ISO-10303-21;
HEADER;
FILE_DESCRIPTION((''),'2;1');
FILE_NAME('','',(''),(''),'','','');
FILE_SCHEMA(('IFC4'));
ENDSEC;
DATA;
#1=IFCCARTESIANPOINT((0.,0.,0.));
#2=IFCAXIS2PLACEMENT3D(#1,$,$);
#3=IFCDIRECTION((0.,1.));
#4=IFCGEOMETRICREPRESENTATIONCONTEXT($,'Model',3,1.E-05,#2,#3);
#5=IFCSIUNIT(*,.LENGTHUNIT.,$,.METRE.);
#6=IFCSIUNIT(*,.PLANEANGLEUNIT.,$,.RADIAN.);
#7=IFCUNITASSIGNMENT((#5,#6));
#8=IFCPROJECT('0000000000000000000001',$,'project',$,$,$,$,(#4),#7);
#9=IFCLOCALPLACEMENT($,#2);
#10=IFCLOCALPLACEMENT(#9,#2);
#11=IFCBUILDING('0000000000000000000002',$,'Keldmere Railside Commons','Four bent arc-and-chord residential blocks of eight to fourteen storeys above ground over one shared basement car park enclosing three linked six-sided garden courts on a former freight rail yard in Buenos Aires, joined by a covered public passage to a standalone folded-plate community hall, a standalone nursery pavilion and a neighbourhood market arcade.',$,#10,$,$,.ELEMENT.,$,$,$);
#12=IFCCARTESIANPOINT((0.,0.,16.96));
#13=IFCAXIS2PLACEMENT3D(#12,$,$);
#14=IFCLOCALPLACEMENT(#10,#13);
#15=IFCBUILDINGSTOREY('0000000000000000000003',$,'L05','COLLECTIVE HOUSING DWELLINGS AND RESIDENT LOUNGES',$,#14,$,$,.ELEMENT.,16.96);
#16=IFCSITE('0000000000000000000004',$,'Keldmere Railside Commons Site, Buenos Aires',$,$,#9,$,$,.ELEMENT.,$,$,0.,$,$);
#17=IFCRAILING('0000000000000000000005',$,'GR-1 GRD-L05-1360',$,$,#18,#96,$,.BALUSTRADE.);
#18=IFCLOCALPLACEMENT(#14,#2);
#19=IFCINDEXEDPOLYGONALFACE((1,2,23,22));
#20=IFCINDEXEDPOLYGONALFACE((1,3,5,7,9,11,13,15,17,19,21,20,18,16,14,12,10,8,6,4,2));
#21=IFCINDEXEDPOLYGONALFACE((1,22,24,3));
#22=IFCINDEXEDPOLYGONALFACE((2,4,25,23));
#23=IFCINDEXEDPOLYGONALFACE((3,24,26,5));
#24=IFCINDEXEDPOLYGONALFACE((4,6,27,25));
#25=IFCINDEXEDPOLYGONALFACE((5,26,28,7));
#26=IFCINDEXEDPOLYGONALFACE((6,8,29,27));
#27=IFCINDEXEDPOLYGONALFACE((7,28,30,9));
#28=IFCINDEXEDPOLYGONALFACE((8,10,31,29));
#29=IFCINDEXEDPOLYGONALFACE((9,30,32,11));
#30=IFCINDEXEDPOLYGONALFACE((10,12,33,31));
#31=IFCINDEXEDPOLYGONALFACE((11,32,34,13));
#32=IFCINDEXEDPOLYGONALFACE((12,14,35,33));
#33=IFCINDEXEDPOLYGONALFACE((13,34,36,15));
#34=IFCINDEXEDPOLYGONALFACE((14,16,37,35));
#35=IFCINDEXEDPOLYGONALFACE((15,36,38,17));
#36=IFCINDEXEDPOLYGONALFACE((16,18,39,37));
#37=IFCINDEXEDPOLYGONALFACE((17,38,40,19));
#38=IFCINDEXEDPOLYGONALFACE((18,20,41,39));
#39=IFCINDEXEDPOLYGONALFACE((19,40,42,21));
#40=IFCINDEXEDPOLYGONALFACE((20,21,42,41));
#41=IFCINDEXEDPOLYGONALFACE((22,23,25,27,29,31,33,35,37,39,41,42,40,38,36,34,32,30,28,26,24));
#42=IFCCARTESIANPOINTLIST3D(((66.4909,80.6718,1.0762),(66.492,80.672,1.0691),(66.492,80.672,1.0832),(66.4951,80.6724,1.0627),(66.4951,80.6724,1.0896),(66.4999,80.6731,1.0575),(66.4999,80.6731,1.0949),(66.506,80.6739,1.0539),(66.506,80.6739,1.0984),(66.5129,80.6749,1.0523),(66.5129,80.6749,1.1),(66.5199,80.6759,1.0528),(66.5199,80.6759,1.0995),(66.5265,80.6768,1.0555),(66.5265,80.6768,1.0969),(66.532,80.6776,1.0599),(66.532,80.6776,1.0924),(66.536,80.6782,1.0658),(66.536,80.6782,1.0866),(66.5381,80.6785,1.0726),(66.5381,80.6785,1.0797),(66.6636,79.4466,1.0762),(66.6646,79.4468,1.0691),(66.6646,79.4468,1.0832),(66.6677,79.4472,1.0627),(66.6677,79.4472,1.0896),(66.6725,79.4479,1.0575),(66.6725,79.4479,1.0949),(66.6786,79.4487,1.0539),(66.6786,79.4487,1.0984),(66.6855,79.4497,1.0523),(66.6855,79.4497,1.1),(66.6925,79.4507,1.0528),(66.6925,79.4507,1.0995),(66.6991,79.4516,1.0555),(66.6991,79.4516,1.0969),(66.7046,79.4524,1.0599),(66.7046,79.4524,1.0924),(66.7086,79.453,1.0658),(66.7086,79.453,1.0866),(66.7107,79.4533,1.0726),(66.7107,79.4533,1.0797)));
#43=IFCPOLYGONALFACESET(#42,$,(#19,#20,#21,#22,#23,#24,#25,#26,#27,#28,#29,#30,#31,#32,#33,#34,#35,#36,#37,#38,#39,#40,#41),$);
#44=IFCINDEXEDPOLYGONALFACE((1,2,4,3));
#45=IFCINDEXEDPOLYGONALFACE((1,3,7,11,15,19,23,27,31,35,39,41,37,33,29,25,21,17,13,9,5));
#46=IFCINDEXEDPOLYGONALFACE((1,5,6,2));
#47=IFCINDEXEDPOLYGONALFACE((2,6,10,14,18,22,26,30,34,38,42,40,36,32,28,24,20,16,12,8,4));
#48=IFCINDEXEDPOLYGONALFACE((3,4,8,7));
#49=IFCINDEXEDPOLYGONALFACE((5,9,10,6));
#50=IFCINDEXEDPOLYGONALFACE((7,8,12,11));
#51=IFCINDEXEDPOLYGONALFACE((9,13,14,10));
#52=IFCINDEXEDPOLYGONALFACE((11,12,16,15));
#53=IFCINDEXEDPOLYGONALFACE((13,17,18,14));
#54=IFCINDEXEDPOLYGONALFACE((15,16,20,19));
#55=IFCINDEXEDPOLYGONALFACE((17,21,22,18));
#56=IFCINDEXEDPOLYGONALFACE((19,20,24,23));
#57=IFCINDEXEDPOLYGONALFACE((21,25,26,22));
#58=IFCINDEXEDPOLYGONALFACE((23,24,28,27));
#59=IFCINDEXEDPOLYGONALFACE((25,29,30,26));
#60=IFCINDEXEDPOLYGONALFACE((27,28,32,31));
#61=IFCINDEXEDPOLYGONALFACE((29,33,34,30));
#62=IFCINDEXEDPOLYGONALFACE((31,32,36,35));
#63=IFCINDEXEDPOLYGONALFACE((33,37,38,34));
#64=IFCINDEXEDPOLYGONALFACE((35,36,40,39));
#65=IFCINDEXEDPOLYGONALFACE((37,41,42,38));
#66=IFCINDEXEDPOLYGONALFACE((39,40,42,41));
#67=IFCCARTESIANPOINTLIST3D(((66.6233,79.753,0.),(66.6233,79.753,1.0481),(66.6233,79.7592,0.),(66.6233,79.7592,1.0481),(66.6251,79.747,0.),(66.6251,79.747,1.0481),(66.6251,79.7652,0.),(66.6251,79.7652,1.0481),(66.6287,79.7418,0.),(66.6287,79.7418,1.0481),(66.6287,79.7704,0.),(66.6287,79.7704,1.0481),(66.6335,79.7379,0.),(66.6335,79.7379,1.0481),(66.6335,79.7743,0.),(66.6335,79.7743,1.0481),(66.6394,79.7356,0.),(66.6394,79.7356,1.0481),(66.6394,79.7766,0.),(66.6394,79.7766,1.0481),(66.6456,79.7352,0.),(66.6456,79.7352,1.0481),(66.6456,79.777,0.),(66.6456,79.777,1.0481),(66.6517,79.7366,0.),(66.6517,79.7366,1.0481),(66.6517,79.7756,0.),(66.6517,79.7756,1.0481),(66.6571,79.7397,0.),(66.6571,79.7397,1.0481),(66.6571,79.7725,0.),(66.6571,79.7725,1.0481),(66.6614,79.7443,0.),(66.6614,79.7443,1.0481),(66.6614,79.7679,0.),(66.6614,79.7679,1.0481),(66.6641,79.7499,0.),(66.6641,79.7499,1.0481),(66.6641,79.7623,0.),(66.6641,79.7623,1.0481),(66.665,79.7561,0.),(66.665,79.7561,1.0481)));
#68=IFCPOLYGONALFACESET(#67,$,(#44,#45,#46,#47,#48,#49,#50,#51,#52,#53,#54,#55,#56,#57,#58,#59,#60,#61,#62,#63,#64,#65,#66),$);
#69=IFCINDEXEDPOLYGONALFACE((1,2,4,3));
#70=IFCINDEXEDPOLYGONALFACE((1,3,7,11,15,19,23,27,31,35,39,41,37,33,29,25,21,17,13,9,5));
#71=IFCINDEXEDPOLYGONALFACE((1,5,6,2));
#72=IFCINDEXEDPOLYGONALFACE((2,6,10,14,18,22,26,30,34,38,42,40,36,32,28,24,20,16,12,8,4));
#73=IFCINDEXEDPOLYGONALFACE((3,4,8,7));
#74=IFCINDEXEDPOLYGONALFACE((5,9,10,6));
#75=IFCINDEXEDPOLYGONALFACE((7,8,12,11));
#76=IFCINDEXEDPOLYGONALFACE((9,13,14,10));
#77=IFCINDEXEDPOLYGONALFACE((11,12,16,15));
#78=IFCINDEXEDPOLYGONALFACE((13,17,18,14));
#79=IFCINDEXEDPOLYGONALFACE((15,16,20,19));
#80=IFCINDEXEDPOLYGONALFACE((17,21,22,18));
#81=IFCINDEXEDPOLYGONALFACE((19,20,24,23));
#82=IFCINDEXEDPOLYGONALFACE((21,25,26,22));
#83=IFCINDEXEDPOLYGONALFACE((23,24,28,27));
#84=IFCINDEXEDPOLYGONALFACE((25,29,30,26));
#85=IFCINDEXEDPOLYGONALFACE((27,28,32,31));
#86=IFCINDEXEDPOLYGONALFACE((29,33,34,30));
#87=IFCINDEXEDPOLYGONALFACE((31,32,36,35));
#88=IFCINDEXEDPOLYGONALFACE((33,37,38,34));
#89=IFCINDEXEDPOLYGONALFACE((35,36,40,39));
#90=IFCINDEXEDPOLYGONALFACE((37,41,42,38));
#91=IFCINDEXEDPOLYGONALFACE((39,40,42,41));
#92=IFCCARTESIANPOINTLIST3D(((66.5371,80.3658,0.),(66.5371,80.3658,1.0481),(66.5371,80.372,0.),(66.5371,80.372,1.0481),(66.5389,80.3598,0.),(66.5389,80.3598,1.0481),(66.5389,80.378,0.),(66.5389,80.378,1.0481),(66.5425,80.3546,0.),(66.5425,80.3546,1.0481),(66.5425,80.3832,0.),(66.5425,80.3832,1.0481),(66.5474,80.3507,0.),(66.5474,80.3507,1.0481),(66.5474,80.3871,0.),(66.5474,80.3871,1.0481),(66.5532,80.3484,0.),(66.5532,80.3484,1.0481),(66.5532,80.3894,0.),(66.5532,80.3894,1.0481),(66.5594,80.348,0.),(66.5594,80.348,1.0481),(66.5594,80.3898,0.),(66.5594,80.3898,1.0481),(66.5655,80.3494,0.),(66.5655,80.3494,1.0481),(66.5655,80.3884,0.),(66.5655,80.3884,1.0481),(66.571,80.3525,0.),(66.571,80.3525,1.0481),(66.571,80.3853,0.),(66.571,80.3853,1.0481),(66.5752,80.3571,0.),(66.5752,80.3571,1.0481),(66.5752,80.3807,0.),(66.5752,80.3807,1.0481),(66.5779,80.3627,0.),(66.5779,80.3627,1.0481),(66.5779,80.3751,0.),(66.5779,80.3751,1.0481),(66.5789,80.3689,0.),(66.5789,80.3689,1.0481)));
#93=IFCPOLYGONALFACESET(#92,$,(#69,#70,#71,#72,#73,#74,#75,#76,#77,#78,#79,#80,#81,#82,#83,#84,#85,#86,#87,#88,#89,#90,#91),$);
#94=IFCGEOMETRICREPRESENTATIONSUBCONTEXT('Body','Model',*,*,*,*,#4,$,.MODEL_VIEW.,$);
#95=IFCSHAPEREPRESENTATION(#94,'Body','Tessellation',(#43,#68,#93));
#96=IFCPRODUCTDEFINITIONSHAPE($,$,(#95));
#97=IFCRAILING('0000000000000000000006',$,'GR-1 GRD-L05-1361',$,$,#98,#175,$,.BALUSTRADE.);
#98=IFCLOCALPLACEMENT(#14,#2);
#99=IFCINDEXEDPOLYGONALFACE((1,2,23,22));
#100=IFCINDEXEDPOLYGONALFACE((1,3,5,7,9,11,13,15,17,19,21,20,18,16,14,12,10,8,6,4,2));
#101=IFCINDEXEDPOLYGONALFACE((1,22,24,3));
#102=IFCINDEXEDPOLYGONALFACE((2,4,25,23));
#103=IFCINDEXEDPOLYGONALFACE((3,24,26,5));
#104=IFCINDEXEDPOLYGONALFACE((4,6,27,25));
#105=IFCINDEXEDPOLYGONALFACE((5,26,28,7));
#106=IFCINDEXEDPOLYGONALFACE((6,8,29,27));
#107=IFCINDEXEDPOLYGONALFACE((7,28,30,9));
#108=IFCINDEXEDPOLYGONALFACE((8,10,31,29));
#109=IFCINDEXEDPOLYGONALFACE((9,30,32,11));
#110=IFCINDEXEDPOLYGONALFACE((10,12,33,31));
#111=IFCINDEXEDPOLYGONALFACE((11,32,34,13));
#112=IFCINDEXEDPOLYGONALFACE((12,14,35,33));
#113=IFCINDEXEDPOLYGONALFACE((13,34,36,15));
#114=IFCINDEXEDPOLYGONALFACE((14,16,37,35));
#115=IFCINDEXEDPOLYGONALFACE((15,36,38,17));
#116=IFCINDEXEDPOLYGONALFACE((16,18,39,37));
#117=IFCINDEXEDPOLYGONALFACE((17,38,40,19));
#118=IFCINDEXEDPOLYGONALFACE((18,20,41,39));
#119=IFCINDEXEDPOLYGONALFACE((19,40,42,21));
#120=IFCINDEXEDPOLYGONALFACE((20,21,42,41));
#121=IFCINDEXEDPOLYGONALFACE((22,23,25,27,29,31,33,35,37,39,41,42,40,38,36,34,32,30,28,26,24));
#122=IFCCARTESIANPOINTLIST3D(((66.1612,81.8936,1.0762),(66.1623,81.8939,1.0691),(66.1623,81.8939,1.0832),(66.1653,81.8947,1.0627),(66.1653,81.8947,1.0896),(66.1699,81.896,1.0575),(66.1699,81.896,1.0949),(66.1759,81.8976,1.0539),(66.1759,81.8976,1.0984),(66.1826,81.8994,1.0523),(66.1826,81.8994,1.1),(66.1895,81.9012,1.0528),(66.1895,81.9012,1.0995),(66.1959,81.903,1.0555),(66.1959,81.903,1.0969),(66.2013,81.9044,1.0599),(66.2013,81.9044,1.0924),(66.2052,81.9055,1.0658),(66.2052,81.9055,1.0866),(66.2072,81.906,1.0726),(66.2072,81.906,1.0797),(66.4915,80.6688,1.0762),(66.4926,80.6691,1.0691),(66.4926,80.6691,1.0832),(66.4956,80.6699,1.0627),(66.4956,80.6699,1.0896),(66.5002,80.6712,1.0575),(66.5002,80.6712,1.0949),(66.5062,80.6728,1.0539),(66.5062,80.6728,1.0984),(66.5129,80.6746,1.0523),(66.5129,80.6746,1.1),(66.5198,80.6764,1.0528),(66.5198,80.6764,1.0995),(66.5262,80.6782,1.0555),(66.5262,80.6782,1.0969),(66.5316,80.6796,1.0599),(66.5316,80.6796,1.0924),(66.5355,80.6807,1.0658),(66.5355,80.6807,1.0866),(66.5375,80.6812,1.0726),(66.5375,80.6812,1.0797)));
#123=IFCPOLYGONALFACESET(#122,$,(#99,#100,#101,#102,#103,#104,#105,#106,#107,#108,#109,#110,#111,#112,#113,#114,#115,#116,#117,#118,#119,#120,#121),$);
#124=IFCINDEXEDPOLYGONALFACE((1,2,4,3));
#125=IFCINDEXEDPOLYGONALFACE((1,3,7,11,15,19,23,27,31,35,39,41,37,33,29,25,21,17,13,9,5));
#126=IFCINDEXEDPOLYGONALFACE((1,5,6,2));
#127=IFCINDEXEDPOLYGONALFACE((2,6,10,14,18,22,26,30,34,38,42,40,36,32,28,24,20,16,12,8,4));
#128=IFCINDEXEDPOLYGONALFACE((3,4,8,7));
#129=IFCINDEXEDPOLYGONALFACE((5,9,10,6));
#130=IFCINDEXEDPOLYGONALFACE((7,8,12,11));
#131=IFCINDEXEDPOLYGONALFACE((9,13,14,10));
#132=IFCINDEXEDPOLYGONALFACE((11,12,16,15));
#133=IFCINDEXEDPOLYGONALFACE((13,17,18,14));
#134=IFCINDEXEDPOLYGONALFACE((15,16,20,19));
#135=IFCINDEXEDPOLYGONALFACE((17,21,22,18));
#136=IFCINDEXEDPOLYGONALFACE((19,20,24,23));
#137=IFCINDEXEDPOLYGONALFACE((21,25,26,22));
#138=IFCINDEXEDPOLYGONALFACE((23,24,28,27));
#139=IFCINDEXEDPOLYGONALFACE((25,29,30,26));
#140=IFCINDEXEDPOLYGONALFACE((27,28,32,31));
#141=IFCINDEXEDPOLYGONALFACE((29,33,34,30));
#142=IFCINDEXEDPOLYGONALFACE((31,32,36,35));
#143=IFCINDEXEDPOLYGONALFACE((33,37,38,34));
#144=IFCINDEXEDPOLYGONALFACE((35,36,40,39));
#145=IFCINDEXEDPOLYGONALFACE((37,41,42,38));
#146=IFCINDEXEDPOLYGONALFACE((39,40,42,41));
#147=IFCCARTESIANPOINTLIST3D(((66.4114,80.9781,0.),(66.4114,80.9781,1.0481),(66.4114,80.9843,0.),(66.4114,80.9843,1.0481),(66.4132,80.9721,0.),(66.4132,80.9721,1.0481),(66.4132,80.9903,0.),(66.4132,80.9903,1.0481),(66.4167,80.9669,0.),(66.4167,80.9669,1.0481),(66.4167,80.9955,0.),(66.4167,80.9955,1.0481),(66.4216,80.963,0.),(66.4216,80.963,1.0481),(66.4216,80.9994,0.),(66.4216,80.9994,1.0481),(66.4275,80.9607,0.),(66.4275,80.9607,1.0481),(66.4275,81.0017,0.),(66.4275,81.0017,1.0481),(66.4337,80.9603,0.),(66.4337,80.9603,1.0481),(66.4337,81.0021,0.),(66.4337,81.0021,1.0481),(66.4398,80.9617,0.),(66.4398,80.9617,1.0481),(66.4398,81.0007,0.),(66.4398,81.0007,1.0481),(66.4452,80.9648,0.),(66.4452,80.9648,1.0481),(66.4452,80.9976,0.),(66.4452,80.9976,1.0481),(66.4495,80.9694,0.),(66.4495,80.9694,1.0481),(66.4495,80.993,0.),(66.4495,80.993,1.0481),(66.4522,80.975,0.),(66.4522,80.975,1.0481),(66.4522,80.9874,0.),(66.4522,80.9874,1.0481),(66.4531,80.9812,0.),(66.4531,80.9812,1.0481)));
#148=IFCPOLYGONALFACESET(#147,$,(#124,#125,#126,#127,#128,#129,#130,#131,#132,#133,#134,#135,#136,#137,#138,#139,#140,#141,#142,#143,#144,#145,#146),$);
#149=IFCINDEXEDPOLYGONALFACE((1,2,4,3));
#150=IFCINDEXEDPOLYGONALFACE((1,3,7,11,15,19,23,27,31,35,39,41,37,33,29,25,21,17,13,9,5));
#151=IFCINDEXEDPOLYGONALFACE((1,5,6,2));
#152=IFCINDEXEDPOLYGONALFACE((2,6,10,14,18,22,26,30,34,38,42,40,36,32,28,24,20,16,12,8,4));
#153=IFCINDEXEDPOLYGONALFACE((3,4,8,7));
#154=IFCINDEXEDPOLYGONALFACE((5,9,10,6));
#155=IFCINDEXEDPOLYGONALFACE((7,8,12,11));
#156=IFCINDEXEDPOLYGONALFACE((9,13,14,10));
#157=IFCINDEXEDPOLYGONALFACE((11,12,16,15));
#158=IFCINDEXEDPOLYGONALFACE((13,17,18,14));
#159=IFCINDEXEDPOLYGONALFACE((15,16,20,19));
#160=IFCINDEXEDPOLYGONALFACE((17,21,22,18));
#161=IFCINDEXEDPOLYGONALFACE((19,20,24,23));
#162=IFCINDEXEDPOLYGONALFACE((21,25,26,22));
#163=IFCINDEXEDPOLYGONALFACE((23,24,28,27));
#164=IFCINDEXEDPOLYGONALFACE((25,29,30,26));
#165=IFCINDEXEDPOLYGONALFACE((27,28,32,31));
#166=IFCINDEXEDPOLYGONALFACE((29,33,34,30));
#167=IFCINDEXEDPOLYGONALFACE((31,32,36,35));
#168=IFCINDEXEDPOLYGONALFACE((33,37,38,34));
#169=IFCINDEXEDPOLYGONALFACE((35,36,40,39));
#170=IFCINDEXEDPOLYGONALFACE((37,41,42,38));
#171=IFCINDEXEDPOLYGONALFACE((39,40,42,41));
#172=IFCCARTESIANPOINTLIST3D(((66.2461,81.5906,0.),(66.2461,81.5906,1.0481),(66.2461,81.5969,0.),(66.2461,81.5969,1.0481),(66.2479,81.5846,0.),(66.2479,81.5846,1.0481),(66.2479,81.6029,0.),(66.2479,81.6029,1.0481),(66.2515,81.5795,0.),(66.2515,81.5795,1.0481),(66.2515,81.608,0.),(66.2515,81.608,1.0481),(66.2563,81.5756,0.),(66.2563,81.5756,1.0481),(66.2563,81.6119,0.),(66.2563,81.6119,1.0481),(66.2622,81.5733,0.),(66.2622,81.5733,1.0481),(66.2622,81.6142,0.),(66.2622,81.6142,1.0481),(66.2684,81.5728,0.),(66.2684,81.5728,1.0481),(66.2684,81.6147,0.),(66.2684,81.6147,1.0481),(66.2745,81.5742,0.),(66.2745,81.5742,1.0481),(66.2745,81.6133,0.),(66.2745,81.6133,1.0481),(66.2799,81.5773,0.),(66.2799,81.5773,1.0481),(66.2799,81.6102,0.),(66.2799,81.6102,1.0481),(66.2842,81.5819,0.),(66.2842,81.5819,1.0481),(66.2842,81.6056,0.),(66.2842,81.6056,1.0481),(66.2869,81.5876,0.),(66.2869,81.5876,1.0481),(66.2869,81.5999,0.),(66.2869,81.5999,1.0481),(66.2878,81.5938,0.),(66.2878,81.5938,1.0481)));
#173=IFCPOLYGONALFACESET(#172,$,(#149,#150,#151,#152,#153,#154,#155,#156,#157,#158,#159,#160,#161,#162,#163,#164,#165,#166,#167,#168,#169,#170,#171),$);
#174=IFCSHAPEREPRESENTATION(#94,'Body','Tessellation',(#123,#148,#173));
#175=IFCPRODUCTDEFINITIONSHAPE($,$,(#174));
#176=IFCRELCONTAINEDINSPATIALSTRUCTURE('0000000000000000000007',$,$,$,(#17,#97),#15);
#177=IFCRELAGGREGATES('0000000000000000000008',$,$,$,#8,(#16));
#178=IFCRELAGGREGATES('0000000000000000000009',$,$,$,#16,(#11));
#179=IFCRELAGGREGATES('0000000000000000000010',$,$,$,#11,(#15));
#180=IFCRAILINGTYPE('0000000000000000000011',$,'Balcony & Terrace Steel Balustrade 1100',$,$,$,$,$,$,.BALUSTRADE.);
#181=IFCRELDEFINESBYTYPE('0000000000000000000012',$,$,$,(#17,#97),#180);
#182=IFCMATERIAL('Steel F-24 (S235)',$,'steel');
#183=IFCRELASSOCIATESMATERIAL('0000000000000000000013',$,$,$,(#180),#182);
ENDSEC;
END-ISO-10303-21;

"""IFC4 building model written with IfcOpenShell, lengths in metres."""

from ifc_helpers import new_model, si_unit, direction, frame, origin, origin_2d, place, context, subcontext, project, spatial, circle, extrude, material, type_object, element, save


model = new_model("IFC4")

# Units and contexts
model_context = context("Model", 3, precision=1e-05, world=origin(), true_north=direction((0.0, 1.0)))
body_context = subcontext(model_context, "Body", "Model", "MODEL_VIEW")
ifc_project = project(units=[si_unit("LENGTHUNIT", "METRE"), si_unit("PLANEANGLEUNIT", "RADIAN")], contexts=[model_context])

# Site, building, storey
site_placement = place(None, origin())
site = spatial("IfcSite", under=ifc_project, at=site_placement, Name="Keldmere Railside Commons Site, Buenos Aires", CompositionType="ELEMENT", RefElevation=0.0)
building_placement = place(site_placement, origin())
building = spatial("IfcBuilding", under=site, at=building_placement, Name="Keldmere Railside Commons", Description="Four bent arc-and-chord residential blocks of eight to fourteen storeys above ground over one shared basement car park enclosing three linked six-sided garden courts on a former freight rail yard in Buenos Aires, joined by a covered public passage to a standalone folded-plate community hall, a standalone nursery pavilion and a neighbourhood market arcade.", CompositionType="ELEMENT")
storey_placement = place(building_placement, frame((0.0, 0.0, 16.96)))
storey = spatial("IfcBuildingStorey", under=building, at=storey_placement, Name="L05", Description="COLLECTIVE HOUSING DWELLINGS AND RESIDENT LOUNGES", CompositionType="ELEMENT", Elevation=16.96)

# Railings
ifc_material_1 = material(Name="Steel F-24 (S235)", Category="steel")
railing_type = type_object("IfcRailingType", Name="Balcony & Terrace Steel Balustrade 1100", PredefinedType="BALUSTRADE", material=ifc_material_1)
railing_1_placement = place(storey_placement, frame((66.6873, 79.45, 0.0)))
element("IfcRailing", 1, at=railing_1_placement, inside=storey, type_object=railing_type, Name="GR-1 GRD-L05-1360", PredefinedType="BALUSTRADE", context=body_context, shape_type="SweptSolid", body=[
    extrude(circle(Radius=0.0239, at=origin_2d()), frame((0.0, 0.0, 1.0762), z_axis=(-0.139515, 0.99022, 0.0), x_axis=(-0.99022, -0.139515, 0.0)), (0.0, 0.0, 1.0), 1.2373),
    extrude(circle(Radius=0.021, at=origin_2d()), frame((-0.0432, 0.3062, 0.0)), (0.0, 0.0, 1.0), 1.0481),
    extrude(circle(Radius=0.021, at=origin_2d()), frame((-0.1294, 0.9189, 0.0)), (0.0, 0.0, 1.0), 1.0481),
])
railing_2_placement = place(storey_placement, frame((66.5146, 80.675, 0.0)))
element("IfcRailing", 2, at=railing_2_placement, inside=storey, type_object=railing_type, Name="GR-1 GRD-L05-1361", PredefinedType="BALUSTRADE", context=body_context, shape_type="SweptSolid", body=[
    extrude(circle(Radius=0.0239, at=origin_2d()), frame((0.0, 0.0, 1.0762), z_axis=(-0.260381, 0.965506, 0.0), x_axis=(-0.965506, -0.260381, 0.0)), (0.0, 0.0, 1.0), 1.2686),
    extrude(circle(Radius=0.021, at=origin_2d()), frame((-0.0825, 0.3062, 0.0)), (0.0, 0.0, 1.0), 1.0481),
    extrude(circle(Radius=0.021, at=origin_2d()), frame((-0.2478, 0.9187, 0.0)), (0.0, 0.0, 1.0), 1.0481),
])

save(model, "model.ifc")
